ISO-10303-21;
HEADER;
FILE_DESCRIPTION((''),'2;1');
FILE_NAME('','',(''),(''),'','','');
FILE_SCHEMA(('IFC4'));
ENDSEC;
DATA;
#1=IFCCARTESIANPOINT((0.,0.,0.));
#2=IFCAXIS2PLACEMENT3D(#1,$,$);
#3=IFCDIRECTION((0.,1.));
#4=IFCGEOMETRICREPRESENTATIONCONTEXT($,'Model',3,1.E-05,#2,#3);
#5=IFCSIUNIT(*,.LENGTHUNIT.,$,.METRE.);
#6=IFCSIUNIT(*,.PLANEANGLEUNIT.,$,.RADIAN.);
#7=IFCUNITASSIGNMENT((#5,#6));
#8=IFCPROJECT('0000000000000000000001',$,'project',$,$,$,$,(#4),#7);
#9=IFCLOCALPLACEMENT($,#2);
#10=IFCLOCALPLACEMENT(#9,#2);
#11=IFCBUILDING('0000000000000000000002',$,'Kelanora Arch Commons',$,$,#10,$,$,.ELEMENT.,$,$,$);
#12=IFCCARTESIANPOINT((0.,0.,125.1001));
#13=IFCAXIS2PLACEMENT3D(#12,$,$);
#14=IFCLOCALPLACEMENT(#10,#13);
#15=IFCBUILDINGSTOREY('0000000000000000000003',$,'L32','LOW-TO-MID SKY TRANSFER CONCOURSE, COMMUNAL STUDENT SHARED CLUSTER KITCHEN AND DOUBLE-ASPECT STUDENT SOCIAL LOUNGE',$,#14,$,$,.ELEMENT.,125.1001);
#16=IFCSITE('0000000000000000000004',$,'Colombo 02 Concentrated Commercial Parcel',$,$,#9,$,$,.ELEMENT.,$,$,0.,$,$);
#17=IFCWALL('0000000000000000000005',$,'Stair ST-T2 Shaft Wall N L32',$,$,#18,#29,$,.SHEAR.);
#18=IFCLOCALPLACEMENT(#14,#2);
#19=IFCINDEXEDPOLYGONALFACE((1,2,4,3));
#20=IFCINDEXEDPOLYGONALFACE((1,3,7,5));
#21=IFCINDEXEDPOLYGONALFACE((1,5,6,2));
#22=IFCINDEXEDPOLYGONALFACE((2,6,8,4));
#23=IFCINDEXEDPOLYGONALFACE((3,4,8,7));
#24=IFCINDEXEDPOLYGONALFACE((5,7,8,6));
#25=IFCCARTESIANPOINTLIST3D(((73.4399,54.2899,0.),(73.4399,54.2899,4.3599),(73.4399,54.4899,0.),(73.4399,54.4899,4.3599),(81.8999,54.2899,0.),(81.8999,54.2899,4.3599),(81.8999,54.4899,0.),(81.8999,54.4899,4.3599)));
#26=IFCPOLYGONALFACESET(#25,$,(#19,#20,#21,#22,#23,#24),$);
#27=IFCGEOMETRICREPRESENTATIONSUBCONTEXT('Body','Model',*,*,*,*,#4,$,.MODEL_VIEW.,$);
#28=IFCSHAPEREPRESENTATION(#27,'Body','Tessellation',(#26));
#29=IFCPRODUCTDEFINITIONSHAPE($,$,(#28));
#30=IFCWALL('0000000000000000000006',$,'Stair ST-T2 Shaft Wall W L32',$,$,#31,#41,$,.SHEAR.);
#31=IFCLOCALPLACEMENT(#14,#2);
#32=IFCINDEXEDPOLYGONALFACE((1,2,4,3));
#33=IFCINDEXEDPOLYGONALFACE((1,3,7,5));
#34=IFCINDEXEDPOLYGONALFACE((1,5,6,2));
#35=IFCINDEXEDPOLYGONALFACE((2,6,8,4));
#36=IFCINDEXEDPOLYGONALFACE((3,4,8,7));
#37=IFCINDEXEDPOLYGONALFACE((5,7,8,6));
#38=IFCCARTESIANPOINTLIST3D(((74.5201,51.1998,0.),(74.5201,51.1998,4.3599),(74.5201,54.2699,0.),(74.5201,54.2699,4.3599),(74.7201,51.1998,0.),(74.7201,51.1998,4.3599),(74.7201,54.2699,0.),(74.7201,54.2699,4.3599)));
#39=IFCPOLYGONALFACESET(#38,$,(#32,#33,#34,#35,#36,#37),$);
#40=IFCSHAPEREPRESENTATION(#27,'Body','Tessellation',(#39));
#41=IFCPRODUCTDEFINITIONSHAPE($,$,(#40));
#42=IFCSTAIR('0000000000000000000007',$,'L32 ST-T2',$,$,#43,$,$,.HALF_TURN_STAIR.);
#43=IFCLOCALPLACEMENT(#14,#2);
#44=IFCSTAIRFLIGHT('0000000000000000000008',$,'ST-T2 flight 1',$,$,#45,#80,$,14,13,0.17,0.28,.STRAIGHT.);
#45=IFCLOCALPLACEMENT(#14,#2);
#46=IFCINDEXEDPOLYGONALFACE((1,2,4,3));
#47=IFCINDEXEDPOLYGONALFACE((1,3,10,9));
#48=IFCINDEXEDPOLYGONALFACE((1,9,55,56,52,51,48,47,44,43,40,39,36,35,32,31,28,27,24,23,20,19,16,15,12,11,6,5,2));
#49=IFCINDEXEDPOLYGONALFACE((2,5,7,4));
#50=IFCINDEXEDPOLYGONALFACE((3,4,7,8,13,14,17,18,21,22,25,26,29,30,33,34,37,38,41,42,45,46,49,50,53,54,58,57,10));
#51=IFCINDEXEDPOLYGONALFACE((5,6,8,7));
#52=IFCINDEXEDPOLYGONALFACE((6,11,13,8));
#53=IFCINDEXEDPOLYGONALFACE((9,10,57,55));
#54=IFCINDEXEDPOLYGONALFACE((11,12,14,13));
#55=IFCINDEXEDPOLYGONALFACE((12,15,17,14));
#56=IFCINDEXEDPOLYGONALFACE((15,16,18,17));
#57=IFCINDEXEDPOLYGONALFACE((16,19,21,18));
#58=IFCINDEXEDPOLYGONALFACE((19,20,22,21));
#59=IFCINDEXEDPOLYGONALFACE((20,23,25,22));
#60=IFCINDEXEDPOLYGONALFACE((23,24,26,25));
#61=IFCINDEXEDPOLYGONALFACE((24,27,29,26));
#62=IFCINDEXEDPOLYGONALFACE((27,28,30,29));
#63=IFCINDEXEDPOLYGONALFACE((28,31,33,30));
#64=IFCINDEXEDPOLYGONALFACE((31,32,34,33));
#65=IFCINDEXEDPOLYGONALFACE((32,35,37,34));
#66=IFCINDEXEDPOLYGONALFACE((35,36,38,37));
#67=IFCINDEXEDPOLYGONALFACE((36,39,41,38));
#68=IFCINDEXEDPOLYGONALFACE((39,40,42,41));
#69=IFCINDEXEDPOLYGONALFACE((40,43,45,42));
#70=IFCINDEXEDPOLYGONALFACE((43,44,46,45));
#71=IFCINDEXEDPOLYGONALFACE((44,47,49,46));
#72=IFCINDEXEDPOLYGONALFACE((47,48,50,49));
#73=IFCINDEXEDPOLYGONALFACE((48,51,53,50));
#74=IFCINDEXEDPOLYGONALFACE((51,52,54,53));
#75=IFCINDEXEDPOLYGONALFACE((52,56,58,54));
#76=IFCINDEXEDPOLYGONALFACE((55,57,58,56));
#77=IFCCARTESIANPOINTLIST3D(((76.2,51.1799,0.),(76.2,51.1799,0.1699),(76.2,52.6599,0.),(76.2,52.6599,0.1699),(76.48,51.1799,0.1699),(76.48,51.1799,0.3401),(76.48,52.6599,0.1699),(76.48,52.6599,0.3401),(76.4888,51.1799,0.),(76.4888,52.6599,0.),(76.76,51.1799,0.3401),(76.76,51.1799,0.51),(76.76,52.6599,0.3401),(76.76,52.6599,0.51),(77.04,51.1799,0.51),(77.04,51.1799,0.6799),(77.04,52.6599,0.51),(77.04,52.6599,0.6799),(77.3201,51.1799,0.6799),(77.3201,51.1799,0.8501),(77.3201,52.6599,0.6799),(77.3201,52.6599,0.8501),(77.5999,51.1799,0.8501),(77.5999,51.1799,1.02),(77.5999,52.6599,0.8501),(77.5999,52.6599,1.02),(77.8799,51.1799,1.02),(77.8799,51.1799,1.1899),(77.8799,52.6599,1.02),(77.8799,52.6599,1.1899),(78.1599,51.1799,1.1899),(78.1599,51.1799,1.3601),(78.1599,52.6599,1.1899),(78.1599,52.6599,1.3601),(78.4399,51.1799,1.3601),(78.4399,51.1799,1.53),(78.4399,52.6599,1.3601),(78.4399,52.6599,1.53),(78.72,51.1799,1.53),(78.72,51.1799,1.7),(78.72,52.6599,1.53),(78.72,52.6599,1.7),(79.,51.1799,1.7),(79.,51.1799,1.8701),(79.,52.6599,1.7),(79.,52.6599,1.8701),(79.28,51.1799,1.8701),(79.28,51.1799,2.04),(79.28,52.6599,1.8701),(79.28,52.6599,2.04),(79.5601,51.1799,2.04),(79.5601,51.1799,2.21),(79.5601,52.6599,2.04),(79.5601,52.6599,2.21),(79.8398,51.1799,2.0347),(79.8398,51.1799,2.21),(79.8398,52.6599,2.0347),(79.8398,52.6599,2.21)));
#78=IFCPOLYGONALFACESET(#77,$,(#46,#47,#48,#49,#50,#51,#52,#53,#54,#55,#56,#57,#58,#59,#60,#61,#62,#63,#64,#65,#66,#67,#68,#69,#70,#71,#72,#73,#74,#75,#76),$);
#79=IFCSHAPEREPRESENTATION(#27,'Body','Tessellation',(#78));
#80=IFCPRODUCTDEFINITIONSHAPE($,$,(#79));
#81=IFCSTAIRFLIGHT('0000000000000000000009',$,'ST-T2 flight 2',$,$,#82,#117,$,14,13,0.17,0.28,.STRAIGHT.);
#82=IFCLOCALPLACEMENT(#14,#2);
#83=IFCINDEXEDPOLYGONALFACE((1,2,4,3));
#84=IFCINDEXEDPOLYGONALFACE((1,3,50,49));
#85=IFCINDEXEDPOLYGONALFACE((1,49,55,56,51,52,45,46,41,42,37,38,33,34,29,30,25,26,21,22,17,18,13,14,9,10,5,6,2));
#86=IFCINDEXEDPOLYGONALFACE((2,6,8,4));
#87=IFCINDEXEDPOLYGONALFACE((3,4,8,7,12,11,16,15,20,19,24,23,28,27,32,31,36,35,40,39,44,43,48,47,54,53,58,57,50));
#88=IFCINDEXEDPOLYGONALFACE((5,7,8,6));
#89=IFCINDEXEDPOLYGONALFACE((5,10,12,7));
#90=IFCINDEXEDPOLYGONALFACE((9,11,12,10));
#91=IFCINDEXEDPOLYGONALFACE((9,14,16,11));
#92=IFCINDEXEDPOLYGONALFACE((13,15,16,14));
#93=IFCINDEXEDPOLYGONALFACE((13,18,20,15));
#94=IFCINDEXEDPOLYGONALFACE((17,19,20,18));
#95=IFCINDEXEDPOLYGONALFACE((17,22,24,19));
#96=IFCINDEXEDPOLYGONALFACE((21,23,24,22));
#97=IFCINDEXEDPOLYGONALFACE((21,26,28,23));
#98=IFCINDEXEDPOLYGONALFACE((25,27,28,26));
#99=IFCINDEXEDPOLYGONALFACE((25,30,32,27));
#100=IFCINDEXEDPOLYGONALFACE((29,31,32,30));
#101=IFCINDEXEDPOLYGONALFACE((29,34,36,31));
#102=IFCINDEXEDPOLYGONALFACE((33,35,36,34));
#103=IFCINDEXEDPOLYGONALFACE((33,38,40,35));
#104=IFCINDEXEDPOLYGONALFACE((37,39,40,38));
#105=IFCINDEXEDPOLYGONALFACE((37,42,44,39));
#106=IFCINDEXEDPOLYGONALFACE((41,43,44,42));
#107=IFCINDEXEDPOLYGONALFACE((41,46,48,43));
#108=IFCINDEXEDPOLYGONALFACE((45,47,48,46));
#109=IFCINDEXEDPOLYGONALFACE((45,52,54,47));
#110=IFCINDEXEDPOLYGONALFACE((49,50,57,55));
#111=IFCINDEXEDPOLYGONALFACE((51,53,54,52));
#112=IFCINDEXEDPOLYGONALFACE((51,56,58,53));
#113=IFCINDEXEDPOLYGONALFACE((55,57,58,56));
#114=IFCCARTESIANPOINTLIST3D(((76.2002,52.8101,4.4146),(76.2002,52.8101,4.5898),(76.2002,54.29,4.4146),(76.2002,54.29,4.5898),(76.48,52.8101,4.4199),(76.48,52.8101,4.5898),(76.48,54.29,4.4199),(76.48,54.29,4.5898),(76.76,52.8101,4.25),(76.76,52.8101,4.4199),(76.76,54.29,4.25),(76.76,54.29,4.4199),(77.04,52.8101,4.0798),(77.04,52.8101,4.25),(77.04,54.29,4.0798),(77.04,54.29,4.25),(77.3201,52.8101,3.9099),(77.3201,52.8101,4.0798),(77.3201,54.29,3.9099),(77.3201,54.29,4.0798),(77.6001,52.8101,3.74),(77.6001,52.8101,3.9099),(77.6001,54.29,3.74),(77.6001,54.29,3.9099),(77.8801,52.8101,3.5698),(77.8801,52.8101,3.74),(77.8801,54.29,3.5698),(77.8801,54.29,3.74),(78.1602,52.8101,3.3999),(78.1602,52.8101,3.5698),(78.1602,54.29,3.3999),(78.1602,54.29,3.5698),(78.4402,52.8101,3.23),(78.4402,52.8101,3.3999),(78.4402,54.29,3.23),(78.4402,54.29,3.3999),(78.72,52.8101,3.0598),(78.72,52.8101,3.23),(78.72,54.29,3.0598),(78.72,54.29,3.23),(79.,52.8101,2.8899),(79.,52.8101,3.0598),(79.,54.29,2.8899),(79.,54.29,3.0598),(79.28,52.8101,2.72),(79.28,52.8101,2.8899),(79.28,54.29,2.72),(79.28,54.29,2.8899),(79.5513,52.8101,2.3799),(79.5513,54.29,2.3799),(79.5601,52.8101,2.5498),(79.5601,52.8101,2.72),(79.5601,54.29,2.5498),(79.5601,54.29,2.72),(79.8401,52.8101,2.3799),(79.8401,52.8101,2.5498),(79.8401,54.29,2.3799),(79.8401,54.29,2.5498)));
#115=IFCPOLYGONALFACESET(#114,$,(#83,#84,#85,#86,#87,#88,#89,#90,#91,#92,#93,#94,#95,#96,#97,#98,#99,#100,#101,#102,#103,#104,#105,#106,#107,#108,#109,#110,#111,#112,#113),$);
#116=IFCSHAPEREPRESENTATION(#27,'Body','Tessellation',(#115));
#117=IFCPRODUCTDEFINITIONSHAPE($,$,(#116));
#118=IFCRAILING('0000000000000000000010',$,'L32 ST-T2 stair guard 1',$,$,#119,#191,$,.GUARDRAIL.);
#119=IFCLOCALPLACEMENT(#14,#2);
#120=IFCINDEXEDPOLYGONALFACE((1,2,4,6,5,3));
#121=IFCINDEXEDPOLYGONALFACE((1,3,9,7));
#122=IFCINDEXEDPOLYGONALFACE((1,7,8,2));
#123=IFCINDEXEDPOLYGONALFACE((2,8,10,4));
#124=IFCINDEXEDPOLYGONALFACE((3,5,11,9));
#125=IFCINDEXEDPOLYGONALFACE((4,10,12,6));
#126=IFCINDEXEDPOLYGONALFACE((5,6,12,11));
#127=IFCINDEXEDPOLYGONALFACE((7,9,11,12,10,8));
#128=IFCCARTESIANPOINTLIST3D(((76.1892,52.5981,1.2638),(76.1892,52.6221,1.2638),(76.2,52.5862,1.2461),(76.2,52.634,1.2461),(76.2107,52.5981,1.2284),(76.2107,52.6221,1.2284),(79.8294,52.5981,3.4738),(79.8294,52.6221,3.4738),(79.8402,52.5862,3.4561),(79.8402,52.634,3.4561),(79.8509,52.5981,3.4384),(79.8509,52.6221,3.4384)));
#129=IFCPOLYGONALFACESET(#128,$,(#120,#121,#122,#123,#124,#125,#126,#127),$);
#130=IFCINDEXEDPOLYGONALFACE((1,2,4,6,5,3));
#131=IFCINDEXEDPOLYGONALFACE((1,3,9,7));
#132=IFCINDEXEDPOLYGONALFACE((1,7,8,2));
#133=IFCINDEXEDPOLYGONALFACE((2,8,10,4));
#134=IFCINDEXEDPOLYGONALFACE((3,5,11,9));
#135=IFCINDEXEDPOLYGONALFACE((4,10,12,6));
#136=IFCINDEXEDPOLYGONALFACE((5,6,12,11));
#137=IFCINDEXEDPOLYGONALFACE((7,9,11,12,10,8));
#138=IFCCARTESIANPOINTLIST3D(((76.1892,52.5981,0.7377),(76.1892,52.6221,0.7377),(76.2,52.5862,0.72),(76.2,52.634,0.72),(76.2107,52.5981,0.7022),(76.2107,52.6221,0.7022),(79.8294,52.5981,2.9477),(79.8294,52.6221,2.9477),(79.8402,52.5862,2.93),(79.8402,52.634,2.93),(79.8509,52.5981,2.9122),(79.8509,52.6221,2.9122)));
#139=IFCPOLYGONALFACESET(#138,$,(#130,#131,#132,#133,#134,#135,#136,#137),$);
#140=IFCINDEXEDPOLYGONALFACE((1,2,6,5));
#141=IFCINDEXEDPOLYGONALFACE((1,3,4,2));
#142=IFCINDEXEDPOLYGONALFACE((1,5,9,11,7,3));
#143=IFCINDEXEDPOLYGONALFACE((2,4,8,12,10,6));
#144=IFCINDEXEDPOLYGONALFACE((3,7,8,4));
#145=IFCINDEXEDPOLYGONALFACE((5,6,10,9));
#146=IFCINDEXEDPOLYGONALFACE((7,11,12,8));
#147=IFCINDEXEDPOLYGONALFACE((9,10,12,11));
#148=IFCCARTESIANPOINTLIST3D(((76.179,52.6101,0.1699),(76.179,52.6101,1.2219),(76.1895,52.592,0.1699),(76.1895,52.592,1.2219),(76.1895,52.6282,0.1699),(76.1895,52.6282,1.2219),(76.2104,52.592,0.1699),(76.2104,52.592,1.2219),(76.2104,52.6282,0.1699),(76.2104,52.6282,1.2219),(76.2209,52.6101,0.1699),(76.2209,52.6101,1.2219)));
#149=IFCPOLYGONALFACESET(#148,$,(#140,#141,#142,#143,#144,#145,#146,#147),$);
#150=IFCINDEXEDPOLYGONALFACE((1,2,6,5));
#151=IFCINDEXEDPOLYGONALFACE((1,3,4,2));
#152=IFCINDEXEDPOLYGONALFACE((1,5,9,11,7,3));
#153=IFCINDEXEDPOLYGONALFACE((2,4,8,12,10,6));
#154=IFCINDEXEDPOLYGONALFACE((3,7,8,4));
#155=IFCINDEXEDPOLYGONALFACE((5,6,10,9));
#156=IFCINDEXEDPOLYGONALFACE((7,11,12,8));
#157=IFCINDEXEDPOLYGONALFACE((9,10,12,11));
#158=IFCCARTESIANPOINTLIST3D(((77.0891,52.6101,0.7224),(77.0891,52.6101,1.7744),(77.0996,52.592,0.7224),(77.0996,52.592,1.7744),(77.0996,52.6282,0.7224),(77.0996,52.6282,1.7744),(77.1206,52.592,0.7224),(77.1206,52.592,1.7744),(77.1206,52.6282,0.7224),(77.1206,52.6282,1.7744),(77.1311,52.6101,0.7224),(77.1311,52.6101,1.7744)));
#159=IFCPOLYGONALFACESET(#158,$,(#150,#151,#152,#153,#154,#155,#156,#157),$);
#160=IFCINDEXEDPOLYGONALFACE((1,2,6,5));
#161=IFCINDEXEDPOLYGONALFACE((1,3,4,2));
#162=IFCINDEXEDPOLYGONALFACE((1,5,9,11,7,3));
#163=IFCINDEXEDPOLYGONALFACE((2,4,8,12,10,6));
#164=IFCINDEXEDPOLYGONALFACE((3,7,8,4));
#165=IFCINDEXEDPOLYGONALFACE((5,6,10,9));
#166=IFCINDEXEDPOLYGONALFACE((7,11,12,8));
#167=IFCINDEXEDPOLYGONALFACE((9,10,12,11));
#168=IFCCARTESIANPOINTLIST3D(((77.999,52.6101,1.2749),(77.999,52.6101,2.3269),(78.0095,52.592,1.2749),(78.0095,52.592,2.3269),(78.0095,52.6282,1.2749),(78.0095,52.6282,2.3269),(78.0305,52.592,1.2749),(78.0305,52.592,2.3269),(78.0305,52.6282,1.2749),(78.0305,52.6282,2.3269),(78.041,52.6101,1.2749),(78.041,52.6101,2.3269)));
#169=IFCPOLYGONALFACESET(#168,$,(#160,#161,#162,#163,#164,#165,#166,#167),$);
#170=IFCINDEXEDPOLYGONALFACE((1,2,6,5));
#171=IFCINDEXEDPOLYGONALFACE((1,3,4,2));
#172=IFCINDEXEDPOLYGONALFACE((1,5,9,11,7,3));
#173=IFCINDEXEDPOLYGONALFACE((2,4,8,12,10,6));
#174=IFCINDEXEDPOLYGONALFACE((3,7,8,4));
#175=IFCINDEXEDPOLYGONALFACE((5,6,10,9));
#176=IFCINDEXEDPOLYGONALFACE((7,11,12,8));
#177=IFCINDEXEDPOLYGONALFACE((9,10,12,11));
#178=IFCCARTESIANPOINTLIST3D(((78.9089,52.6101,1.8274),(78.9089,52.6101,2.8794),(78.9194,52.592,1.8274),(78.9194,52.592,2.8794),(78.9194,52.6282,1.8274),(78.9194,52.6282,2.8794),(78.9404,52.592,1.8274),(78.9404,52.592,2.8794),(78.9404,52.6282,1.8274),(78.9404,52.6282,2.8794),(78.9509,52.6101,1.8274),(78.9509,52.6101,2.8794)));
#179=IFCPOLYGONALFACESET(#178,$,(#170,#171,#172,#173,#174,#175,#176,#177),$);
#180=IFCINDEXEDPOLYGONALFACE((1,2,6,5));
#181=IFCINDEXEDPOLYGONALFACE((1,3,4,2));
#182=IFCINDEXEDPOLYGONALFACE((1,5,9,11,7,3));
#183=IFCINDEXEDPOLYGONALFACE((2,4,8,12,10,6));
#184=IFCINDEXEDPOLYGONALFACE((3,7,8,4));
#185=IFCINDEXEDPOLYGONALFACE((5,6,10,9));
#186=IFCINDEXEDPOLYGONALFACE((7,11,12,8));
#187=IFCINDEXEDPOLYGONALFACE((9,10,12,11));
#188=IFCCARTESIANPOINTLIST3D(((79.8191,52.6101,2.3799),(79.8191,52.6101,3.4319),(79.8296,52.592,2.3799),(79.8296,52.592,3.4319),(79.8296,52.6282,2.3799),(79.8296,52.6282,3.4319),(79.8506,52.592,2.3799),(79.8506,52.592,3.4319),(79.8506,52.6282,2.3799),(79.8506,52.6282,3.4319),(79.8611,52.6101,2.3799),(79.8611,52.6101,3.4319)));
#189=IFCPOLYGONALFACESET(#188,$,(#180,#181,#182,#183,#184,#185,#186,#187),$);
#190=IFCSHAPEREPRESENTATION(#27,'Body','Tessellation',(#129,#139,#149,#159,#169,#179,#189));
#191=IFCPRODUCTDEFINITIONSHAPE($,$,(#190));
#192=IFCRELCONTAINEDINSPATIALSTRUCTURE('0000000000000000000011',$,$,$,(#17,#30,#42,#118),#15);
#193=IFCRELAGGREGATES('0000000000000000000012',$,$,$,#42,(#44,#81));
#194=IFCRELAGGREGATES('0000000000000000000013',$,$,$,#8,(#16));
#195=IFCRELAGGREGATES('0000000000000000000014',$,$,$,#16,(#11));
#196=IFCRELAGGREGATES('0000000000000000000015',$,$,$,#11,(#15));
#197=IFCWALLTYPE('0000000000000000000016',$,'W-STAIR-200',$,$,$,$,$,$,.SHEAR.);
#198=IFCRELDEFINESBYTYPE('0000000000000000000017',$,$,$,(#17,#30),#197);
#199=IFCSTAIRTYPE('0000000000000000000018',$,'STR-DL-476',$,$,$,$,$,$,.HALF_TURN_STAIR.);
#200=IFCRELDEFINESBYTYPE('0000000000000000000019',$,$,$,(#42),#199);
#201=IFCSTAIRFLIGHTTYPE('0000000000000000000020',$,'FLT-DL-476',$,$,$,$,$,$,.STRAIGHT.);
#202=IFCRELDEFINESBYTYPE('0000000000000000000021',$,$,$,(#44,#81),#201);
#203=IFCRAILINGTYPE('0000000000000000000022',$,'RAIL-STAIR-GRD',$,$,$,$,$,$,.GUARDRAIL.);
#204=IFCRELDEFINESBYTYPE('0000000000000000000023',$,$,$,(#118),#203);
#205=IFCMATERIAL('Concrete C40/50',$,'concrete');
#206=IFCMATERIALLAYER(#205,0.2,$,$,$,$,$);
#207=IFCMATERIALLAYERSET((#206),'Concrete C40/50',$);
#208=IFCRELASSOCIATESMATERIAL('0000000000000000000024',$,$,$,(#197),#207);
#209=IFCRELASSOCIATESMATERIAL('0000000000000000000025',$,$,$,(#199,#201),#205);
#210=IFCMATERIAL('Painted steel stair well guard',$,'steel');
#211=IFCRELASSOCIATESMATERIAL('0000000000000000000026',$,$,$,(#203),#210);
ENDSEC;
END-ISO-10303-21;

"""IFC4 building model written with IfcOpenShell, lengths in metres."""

from ifc_helpers import new_model, si_unit, direction, frame, frame_2d, origin, place, context, subcontext, project, spatial, polyline, rectangle, outline, extrude, material, layer, layer_set, type_object, element, aggregate, save


model = new_model("IFC4")

# Units and contexts
model_context = context("Model", 3, precision=1e-05, world=origin(), true_north=direction((0.0, 1.0)))
body_context = subcontext(model_context, "Body", "Model", "MODEL_VIEW")
ifc_project = project(units=[si_unit("LENGTHUNIT", "METRE"), si_unit("PLANEANGLEUNIT", "RADIAN")], contexts=[model_context])

# Site, building, storey
site_placement = place(None, origin())
site = spatial("IfcSite", under=ifc_project, at=site_placement, Name="Colombo 02 Concentrated Commercial Parcel", CompositionType="ELEMENT", RefElevation=0.0)
building_placement = place(site_placement, origin())
building = spatial("IfcBuilding", under=site, at=building_placement, Name="Kelanora Arch Commons", CompositionType="ELEMENT")
storey_placement = place(building_placement, frame((0.0, 0.0, 125.1001)))
storey = spatial("IfcBuildingStorey", under=building, at=storey_placement, Name="L32", Description="LOW-TO-MID SKY TRANSFER CONCOURSE, COMMUNAL STUDENT SHARED CLUSTER KITCHEN AND DOUBLE-ASPECT STUDENT SOCIAL LOUNGE", CompositionType="ELEMENT", Elevation=125.1001)

# Shared definitions
ifc_material_1 = material(Name="Concrete C40/50", Category="concrete")
ifc_layer_1 = layer(ifc_material_1, 0.2)
ifc_layer_set_1 = layer_set([ifc_layer_1], Name="Concrete C40/50")
wall_type_1 = type_object("IfcWallType", Name="W-STAIR-200", PredefinedType="SHEAR", material=ifc_layer_set_1)

# Walls
wall_1_placement = place(storey_placement, frame((81.8999, 54.3899, 0.0), z_axis=(0.0, 0.0, 1.0), x_axis=(-1.0, 0.0, 0.0)))
element("IfcWall", 1, at=wall_1_placement, inside=storey, type_object=wall_type_1, Name="Stair ST-T2 Shaft Wall N L32", PredefinedType="SHEAR", context=body_context, shape_type="SweptSolid", body=[
    extrude(rectangle(XDim=8.46, YDim=0.2, at=frame_2d((4.23, 0.0))), origin(), (0.0, 0.0, 1.0), 4.3599),
])
wall_2_placement = place(storey_placement, frame((74.6201, 54.27, 0.0), z_axis=(0.0, 0.0, 1.0), x_axis=(0.0, -1.0, 0.0)))
element("IfcWall", 2, at=wall_2_placement, inside=storey, type_object=wall_type_1, Name="Stair ST-T2 Shaft Wall W L32", PredefinedType="SHEAR", context=body_context, shape_type="SweptSolid", body=[
    extrude(rectangle(XDim=3.0701, YDim=0.2, at=frame_2d((1.5352, 0.0))), origin(), (0.0, 0.0, 1.0), 4.3599),
])

# Stair, stair flights
stair_type = type_object("IfcStairType", Name="STR-DL-476", PredefinedType="HALF_TURN_STAIR", material=ifc_material_1)
stair_placement = place(storey_placement, origin())
stair = element("IfcStair", 3, at=stair_placement, inside=storey, type_object=stair_type, Name="L32 ST-T2", PredefinedType="HALF_TURN_STAIR")
stair_flight_type = type_object("IfcStairFlightType", Name="FLT-DL-476", PredefinedType="STRAIGHT", material=ifc_material_1)
stair_flight_1_placement = place(storey_placement, frame((76.2, 51.9199, 0.0), z_axis=(0.0, 0.0, 1.0), x_axis=(1.0, 0.0, 0.0)))
stair_flight_1 = element("IfcStairFlight", 4, at=stair_flight_1_placement, type_object=stair_flight_type, Name="ST-T2 flight 1", NumberOfRisers=14, NumberOfTreads=13, PredefinedType="STRAIGHT", RiserHeight=0.17, TreadLength=0.28, context=body_context, shape_type="SweptSolid", body=[
    extrude(outline(polyline([(0.0, 0.0), (0.0, 0.1699), (0.28, 0.1699), (0.28, 0.3401), (0.5601, 0.3401), (0.5601, 0.51), (0.8401, 0.51), (0.8401, 0.6799), (1.1201, 0.6799), (1.1201, 0.8501), (1.3999, 0.8501), (1.3999, 1.02), (1.6799, 1.02), (1.6799, 1.1899), (1.96, 1.1899), (1.96, 1.3601), (2.24, 1.3601), (2.24, 1.53), (2.52, 1.53), (2.52, 1.7), (2.8, 1.7), (2.8, 1.8701), (3.0801, 1.8701), (3.0801, 2.04), (3.3601, 2.04), (3.3601, 2.21), (3.6399, 2.21), (3.6399, 2.3799), (3.6399, 2.0347), (0.2888, 0.0), (0.0, 0.0)])), frame((0.0, 0.74, 0.0), z_axis=(0.0, -1.0, 0.0), x_axis=(1.0, 0.0, 0.0)), (0.0, 0.0, 1.0), 1.48),
])
stair_flight_2_placement = place(storey_placement, frame((79.8401, 53.55, 2.3799), z_axis=(0.0, 0.0, 1.0), x_axis=(-1.0, 0.0, 0.0)))
stair_flight_2 = element("IfcStairFlight", 5, at=stair_flight_2_placement, type_object=stair_flight_type, Name="ST-T2 flight 2", NumberOfRisers=14, NumberOfTreads=13, PredefinedType="STRAIGHT", RiserHeight=0.17, TreadLength=0.28, context=body_context, shape_type="SweptSolid", body=[
    extrude(outline(polyline([(0.0, 0.0), (0.0, 0.1699), (0.28, 0.1699), (0.28, 0.3401), (0.5601, 0.3401), (0.5601, 0.51), (0.8401, 0.51), (0.8401, 0.6799), (1.1201, 0.6799), (1.1201, 0.8501), (1.3999, 0.8501), (1.3999, 1.02), (1.6799, 1.02), (1.6799, 1.1899), (1.96, 1.1899), (1.96, 1.3601), (2.24, 1.3601), (2.24, 1.53), (2.52, 1.53), (2.52, 1.7), (2.8, 1.7), (2.8, 1.8701), (3.0801, 1.8701), (3.0801, 2.04), (3.3601, 2.04), (3.3601, 2.21), (3.6399, 2.21), (3.6399, 2.3799), (3.6399, 2.0347), (0.2888, 0.0), (0.0, 0.0)])), frame((0.0, 0.74, 0.0), z_axis=(0.0, -1.0, 0.0), x_axis=(1.0, 0.0, 0.0)), (0.0, 0.0, 1.0), 1.48),
])
aggregate(stair, [stair_flight_1, stair_flight_2])

# Railing
ifc_material_2 = material(Name="Painted steel stair well guard", Category="steel")
railing_type_1 = type_object("IfcRailingType", Name="RAIL-STAIR-GRD", PredefinedType="GUARDRAIL", material=ifc_material_2)
railing_1_placement = place(storey_placement, frame((76.2, 52.6101, 0.1699)))
element("IfcRailing", 6, at=railing_1_placement, inside=storey, type_object=railing_type_1, Name="L32 ST-T2 stair guard 1", PredefinedType="GUARDRAIL", context=body_context, shape_type="SweptSolid", body=[
    extrude(outline(polyline([(0.0239, 0.0), (0.012, 0.0208), (-0.012, 0.0208), (-0.0239, 0.0), (-0.012, -0.0208), (0.012, -0.0208), (0.0239, 0.0)])), frame((0.0, 0.0, 1.0762), z_axis=(0.8548, 0.0, 0.518957), x_axis=(0.0, 1.0, 0.0)), (0.0, 0.0, 1.0), 4.2585),
    extrude(outline(polyline([(0.0239, 0.0), (0.012, 0.0208), (-0.012, 0.0208), (-0.0239, 0.0), (-0.012, -0.0208), (0.012, -0.0208), (0.0239, 0.0)])), frame((0.0, 0.0, 0.55), z_axis=(0.8548, 0.0, 0.518957), x_axis=(0.0, 1.0, 0.0)), (0.0, 0.0, 1.0), 4.2585),
    extrude(outline(polyline([(0.021, 0.0), (0.0105, 0.0181), (-0.0105, 0.0181), (-0.021, 0.0), (-0.0105, -0.0181), (0.0105, -0.0181), (0.021, 0.0)])), origin(), (0.0, 0.0, 1.0), 1.052),
    extrude(outline(polyline([(0.021, 0.0), (0.0105, 0.0181), (-0.0105, 0.0181), (-0.021, 0.0), (-0.0105, -0.0181), (0.0105, -0.0181), (0.021, 0.0)])), frame((0.9102, 0.0, 0.5525)), (0.0, 0.0, 1.0), 1.052),
    extrude(outline(polyline([(0.021, 0.0), (0.0105, 0.0181), (-0.0105, 0.0181), (-0.021, 0.0), (-0.0105, -0.0181), (0.0105, -0.0181), (0.021, 0.0)])), frame((1.8201, 0.0, 1.105)), (0.0, 0.0, 1.0), 1.052),
    extrude(outline(polyline([(0.021, 0.0), (0.0105, 0.0181), (-0.0105, 0.0181), (-0.021, 0.0), (-0.0105, -0.0181), (0.0105, -0.0181), (0.021, 0.0)])), frame((2.73, 0.0, 1.6575)), (0.0, 0.0, 1.0), 1.052),
    extrude(outline(polyline([(0.021, 0.0), (0.0105, 0.0181), (-0.0105, 0.0181), (-0.021, 0.0), (-0.0105, -0.0181), (0.0105, -0.0181), (0.021, 0.0)])), frame((3.6401, 0.0, 2.21)), (0.0, 0.0, 1.0), 1.052),
])

save(model, "model.ifc")
